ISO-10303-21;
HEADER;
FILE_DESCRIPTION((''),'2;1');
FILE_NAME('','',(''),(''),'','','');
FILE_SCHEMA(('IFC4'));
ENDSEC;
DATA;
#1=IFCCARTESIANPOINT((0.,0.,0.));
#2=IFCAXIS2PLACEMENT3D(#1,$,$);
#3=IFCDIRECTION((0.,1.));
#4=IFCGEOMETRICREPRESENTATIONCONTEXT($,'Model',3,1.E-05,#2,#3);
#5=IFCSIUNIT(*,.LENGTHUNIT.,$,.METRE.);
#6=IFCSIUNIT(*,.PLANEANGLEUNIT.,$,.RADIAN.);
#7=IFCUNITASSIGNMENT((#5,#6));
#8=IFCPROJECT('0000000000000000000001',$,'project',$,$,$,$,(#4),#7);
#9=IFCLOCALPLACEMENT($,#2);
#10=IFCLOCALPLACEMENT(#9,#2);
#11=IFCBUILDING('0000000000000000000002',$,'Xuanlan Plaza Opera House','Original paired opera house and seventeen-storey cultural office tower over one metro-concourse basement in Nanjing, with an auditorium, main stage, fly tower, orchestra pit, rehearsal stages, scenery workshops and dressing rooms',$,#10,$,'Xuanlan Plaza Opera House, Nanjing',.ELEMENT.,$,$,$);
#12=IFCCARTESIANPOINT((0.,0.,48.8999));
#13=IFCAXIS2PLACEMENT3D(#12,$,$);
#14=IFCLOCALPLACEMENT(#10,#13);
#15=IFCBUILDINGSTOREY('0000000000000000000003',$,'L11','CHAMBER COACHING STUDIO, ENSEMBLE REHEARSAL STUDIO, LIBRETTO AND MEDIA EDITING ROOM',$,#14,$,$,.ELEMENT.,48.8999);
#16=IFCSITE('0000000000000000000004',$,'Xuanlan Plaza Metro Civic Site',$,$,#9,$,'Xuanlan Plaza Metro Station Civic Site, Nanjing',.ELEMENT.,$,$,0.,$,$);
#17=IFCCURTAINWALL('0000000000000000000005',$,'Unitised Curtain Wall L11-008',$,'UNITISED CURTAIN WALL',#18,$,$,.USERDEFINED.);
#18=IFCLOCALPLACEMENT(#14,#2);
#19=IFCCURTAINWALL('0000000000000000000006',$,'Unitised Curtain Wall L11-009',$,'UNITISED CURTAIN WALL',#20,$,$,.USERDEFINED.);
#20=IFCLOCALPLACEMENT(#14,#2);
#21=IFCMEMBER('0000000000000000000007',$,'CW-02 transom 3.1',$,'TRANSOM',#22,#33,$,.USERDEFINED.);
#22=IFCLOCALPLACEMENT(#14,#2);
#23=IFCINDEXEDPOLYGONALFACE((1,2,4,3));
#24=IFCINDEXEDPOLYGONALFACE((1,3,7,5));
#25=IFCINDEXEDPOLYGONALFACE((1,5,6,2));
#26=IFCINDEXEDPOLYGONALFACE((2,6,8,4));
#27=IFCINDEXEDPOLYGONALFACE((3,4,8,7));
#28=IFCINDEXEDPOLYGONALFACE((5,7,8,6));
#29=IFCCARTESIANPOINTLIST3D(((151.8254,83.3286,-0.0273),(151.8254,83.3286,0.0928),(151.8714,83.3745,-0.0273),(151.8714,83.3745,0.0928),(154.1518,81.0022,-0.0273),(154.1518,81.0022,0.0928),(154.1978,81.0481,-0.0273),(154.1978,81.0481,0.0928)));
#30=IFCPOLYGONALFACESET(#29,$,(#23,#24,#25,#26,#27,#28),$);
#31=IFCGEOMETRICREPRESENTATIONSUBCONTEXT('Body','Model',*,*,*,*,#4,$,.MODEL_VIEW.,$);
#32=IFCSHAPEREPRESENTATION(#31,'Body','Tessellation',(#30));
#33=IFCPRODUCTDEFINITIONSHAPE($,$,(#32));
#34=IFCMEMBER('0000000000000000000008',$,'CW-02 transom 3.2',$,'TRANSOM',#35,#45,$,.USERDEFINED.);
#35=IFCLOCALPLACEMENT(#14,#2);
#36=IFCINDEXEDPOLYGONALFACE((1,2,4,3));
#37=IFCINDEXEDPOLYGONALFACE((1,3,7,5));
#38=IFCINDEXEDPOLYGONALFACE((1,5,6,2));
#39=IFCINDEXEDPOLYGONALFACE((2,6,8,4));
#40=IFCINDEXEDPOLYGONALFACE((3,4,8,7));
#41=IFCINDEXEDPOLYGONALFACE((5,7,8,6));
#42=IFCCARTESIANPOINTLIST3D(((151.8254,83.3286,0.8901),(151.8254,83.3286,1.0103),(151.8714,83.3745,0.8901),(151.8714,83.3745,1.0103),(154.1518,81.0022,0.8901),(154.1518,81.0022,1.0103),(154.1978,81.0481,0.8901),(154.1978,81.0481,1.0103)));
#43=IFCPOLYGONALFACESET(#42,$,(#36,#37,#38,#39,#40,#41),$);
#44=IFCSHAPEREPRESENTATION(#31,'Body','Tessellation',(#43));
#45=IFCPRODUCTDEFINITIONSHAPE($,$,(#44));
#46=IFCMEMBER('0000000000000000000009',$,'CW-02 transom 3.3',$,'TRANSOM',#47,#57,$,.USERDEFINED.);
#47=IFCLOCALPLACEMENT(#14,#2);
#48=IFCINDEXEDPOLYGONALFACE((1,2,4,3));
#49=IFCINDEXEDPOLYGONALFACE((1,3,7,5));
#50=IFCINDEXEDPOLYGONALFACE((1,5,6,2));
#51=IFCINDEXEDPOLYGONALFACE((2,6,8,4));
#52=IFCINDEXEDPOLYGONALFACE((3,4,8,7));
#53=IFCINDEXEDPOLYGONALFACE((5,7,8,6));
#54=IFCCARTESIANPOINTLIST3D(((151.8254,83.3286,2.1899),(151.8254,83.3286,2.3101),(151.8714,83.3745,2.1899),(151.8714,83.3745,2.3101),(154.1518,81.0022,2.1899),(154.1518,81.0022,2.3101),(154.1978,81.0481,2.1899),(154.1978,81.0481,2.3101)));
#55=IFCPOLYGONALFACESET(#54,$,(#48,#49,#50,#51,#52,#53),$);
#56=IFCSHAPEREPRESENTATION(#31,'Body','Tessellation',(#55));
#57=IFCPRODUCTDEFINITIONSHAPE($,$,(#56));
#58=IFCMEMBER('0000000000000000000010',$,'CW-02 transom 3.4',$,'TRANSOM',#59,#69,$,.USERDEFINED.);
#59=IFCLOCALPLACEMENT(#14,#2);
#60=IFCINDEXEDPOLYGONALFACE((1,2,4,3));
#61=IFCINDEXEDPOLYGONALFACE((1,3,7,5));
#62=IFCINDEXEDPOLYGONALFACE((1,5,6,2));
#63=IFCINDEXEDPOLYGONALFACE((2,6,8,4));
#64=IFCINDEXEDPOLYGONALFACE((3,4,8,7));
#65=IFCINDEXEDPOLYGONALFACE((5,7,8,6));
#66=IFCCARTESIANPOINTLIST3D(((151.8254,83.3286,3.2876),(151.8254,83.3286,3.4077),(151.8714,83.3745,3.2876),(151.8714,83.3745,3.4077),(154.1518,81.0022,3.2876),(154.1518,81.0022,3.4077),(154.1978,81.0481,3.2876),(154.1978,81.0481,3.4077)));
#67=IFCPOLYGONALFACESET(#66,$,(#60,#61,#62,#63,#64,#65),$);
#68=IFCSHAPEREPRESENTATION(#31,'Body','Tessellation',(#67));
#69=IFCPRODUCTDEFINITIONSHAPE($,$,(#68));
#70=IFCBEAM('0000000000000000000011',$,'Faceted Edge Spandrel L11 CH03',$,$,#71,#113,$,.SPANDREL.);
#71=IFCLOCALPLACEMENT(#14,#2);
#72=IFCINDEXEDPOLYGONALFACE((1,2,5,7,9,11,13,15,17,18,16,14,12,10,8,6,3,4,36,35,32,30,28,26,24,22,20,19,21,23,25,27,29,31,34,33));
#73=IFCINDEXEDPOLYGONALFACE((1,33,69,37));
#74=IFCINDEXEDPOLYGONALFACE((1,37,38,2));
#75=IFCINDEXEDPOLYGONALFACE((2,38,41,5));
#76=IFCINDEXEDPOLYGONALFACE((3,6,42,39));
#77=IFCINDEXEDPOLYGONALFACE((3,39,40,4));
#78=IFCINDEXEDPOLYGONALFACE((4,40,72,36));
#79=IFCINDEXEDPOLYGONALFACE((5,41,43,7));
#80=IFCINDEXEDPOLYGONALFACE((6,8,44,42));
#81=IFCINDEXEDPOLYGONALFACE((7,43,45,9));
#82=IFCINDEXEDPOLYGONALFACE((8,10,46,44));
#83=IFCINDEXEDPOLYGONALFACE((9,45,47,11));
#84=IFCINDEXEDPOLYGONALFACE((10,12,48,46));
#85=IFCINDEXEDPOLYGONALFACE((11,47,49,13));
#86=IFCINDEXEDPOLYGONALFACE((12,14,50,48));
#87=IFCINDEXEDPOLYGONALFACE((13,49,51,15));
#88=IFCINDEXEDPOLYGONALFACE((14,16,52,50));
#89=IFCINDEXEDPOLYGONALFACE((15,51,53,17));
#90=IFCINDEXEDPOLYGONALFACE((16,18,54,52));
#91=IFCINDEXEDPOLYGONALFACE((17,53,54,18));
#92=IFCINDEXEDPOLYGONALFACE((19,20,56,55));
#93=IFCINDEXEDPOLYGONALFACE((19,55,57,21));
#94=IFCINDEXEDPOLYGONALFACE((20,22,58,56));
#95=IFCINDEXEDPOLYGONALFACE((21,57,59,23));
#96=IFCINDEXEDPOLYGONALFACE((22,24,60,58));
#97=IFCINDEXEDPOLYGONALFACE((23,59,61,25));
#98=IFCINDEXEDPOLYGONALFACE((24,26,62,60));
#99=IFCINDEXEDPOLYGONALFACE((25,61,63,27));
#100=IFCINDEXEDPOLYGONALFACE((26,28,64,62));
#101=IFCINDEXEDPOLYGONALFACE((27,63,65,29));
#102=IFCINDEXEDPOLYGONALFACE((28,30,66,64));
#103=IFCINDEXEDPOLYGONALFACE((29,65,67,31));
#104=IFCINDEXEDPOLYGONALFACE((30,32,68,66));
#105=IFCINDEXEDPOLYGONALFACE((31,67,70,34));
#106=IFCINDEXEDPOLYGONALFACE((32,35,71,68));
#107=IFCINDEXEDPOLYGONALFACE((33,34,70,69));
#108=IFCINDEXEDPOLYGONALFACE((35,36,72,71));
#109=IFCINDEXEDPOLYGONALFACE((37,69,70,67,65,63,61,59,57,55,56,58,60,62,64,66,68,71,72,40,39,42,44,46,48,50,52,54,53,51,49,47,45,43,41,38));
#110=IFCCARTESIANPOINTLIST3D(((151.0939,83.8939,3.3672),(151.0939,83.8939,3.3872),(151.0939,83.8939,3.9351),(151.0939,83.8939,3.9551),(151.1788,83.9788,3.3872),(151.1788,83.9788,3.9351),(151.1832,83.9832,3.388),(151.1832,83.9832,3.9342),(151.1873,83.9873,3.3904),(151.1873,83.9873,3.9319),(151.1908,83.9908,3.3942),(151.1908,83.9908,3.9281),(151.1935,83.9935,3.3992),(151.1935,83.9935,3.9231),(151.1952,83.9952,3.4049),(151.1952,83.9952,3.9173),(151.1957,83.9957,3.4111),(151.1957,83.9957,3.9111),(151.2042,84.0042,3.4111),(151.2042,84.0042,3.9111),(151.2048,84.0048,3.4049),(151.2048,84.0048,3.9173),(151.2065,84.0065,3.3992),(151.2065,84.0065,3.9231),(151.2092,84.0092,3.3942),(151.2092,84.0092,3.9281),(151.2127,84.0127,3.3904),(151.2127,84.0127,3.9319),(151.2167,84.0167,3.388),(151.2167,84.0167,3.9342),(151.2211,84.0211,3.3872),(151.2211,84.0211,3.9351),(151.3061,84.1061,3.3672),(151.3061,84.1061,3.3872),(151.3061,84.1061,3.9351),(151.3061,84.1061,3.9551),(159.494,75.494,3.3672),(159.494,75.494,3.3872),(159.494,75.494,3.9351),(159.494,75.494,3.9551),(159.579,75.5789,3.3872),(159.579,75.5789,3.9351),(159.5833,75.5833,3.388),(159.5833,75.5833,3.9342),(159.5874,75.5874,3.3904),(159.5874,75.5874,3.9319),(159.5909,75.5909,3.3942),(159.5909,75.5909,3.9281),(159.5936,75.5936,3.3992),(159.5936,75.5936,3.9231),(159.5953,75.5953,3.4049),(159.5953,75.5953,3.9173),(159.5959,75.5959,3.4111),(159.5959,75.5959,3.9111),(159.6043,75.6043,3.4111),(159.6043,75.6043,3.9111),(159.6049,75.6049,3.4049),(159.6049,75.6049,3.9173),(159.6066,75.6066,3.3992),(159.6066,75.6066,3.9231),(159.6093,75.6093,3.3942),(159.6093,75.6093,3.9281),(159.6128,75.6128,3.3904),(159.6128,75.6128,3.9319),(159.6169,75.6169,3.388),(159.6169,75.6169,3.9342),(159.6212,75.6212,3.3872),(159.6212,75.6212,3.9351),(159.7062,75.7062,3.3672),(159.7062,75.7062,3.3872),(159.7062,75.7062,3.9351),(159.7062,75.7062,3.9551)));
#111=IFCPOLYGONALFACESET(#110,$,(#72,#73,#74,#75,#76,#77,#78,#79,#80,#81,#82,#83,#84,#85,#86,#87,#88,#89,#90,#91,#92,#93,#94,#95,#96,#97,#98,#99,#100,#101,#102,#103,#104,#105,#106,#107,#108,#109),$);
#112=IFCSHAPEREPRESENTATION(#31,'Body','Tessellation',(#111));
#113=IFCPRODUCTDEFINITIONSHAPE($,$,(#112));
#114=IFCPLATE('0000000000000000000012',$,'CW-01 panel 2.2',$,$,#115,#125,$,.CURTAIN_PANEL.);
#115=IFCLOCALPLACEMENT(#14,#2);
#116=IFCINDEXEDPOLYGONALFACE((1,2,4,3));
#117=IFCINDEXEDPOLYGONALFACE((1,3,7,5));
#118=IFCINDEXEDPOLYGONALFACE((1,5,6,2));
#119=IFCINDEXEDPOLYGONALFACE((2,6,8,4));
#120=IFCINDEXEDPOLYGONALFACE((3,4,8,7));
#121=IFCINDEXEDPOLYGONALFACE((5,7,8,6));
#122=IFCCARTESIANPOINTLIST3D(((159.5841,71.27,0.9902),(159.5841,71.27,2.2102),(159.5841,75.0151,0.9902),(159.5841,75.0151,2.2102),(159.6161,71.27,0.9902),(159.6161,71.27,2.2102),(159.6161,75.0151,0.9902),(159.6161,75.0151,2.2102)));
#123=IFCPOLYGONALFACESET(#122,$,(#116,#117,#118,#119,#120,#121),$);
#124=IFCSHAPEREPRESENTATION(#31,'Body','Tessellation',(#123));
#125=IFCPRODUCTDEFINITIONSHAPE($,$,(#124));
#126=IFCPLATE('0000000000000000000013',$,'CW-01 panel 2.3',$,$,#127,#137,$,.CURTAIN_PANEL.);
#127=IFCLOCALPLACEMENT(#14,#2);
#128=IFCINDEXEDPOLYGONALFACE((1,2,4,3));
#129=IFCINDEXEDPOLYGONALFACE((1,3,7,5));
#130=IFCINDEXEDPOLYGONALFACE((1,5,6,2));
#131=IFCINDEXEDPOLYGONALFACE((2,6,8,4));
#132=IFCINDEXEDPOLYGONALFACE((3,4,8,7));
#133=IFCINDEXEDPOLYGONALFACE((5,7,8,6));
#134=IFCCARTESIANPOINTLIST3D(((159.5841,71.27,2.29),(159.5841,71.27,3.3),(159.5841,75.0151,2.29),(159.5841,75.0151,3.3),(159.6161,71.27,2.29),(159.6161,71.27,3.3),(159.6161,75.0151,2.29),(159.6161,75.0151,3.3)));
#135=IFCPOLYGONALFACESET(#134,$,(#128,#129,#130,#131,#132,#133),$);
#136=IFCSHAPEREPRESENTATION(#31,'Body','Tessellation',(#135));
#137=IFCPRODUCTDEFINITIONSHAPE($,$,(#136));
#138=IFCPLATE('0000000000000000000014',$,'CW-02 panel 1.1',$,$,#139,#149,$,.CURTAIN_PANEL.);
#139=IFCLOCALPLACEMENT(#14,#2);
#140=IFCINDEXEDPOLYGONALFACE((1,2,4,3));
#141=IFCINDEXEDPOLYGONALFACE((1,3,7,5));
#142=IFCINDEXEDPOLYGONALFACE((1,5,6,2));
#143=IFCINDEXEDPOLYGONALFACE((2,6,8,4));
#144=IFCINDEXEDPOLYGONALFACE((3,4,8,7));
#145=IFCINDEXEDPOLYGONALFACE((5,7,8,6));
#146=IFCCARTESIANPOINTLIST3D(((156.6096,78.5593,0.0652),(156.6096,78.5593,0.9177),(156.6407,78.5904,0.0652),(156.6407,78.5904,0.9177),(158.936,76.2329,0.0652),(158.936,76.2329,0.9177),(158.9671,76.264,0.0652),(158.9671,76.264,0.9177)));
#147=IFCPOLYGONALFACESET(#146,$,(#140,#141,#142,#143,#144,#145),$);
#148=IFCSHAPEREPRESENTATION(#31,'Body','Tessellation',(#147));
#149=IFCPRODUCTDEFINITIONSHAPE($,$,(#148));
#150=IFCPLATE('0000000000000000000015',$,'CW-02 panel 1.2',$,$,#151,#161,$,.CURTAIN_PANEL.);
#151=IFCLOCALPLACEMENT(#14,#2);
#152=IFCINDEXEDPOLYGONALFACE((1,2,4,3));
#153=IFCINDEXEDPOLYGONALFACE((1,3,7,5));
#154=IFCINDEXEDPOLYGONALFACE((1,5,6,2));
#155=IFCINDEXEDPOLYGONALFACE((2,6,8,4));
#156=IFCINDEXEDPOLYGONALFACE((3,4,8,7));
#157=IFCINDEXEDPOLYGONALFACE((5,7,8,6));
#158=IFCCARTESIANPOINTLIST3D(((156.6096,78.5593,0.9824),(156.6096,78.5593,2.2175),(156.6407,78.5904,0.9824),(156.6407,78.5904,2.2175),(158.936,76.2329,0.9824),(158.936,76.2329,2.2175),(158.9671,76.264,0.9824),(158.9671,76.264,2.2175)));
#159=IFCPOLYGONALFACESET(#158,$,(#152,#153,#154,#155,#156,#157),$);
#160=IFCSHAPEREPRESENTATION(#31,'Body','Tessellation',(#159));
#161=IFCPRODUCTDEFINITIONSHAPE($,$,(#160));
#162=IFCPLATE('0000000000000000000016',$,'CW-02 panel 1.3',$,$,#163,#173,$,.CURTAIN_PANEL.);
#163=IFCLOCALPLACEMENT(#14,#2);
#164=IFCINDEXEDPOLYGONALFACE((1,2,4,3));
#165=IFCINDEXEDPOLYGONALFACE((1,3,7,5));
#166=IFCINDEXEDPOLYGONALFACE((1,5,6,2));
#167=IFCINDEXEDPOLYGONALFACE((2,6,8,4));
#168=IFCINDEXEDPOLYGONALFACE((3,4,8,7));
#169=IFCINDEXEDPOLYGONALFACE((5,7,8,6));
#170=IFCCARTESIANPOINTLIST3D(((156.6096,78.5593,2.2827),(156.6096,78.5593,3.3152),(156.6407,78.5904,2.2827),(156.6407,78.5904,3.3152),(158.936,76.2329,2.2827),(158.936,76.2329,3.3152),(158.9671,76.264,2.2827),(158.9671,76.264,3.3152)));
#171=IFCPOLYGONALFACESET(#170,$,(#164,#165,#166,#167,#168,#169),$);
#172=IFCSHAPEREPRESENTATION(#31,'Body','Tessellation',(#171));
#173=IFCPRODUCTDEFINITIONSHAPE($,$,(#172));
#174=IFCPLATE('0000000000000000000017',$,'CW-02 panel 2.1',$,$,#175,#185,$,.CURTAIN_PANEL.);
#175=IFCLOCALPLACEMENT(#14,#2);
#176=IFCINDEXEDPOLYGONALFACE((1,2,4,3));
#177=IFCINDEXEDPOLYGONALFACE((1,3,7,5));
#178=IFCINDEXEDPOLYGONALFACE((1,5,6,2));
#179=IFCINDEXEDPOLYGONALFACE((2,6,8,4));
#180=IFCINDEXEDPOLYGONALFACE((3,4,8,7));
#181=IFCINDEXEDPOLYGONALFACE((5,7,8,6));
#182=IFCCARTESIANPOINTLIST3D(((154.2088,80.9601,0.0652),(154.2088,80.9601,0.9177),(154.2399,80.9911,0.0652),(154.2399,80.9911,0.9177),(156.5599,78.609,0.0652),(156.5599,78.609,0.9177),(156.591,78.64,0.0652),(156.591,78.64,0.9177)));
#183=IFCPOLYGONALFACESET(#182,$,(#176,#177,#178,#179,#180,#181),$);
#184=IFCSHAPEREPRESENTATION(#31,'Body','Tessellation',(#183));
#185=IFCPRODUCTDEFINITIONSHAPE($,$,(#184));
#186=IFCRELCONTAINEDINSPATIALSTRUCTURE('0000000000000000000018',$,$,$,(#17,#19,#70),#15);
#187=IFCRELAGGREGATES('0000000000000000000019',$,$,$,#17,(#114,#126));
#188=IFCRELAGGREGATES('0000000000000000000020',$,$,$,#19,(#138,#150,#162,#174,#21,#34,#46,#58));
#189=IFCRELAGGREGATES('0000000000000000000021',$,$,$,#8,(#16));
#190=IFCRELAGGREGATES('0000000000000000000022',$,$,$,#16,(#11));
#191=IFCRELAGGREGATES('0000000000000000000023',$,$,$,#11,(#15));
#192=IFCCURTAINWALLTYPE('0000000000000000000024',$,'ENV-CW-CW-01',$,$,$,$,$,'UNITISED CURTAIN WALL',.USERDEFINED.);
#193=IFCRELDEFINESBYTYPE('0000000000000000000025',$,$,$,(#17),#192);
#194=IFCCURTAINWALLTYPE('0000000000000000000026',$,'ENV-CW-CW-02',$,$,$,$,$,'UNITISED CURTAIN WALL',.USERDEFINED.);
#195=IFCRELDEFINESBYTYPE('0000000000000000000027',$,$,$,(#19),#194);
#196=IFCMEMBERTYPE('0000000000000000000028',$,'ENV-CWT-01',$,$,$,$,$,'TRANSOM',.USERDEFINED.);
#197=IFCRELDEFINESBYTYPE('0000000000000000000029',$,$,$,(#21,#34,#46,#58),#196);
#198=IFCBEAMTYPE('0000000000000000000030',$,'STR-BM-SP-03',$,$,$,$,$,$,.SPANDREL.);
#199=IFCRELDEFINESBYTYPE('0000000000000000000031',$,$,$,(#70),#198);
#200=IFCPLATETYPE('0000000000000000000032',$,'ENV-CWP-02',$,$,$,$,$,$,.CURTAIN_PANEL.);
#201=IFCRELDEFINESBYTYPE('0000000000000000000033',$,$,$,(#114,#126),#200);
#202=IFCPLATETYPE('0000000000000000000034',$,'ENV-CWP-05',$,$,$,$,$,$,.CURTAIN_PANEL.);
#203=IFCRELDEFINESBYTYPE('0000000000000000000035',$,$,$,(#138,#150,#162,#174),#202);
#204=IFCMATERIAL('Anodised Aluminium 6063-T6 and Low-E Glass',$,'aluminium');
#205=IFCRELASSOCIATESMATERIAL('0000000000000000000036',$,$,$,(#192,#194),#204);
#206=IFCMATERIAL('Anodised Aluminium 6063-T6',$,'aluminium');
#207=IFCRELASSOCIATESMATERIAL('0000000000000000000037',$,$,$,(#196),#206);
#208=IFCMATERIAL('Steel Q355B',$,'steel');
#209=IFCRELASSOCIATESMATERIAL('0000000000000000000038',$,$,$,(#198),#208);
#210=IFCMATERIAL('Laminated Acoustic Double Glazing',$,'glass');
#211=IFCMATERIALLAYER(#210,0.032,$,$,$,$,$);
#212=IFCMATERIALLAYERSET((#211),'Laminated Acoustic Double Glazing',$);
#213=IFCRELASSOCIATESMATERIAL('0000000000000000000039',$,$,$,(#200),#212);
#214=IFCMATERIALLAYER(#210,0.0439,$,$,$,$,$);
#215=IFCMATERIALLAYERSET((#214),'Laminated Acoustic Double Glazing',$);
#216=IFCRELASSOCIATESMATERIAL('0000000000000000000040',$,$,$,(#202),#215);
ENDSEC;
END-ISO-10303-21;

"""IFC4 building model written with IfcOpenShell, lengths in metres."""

from ifc_helpers import new_model, si_unit, direction, frame, origin, origin_2d, place, context, subcontext, project, spatial, rectangle, i_section, extrude, material, layer, layer_set, material_profile, profile_set, type_object, element, aggregate, save


model = new_model("IFC4")

# Units and contexts
model_context = context("Model", 3, precision=1e-05, world=origin(), true_north=direction((0.0, 1.0)))
body_context = subcontext(model_context, "Body", "Model", "MODEL_VIEW")
ifc_project = project(units=[si_unit("LENGTHUNIT", "METRE"), si_unit("PLANEANGLEUNIT", "RADIAN")], contexts=[model_context])

# Site, building, storey
site_placement = place(None, origin())
site = spatial("IfcSite", under=ifc_project, at=site_placement, Name="Xuanlan Plaza Metro Civic Site", LongName="Xuanlan Plaza Metro Station Civic Site, Nanjing", CompositionType="ELEMENT", RefElevation=0.0)
building_placement = place(site_placement, origin())
building = spatial("IfcBuilding", under=site, at=building_placement, Name="Xuanlan Plaza Opera House", Description="Original paired opera house and seventeen-storey cultural office tower over one metro-concourse basement in Nanjing, with an auditorium, main stage, fly tower, orchestra pit, rehearsal stages, scenery workshops and dressing rooms", LongName="Xuanlan Plaza Opera House, Nanjing", CompositionType="ELEMENT")
storey_placement = place(building_placement, frame((0.0, 0.0, 48.8999)))
storey = spatial("IfcBuildingStorey", under=building, at=storey_placement, Name="L11", Description="CHAMBER COACHING STUDIO, ENSEMBLE REHEARSAL STUDIO, LIBRETTO AND MEDIA EDITING ROOM", CompositionType="ELEMENT", Elevation=48.8999)

# Curtain wall
ifc_material_1 = material(Name="Anodised Aluminium 6063-T6 and Low-E Glass", Category="aluminium")
curtain_wall_type_1 = type_object("IfcCurtainWallType", Name="ENV-CW-CW-01", ElementType="UNITISED CURTAIN WALL", PredefinedType="USERDEFINED", material=ifc_material_1)
curtain_wall_1_placement = place(storey_placement, origin())
curtain_wall_1 = element("IfcCurtainWall", 1, at=curtain_wall_1_placement, inside=storey, type_object=curtain_wall_type_1, Name="Unitised Curtain Wall L11-008", ObjectType="UNITISED CURTAIN WALL", PredefinedType="USERDEFINED")
ifc_material_2 = material(Name="Anodised Aluminium 6063-T6", Category="aluminium")

# Curtain wall, members
curtain_wall_type_2 = type_object("IfcCurtainWallType", Name="ENV-CW-CW-02", ElementType="UNITISED CURTAIN WALL", PredefinedType="USERDEFINED", material=ifc_material_1)
curtain_wall_2_placement = place(storey_placement, origin())
curtain_wall_2 = element("IfcCurtainWall", 2, at=curtain_wall_2_placement, inside=storey, type_object=curtain_wall_type_2, Name="Unitised Curtain Wall L11-009", ObjectType="UNITISED CURTAIN WALL", PredefinedType="USERDEFINED")
ifc_material_profile_1 = material_profile(ifc_material_2, rectangle(XDim=0.0649, YDim=0.1201, at=origin_2d()), Name="ALU-T 65x120")
ifc_profile_set_1 = profile_set([ifc_material_profile_1], Name="Anodised Aluminium 6063-T6")
member_type_1 = type_object("IfcMemberType", Name="ENV-CWT-01", ElementType="TRANSOM", PredefinedType="USERDEFINED", material=ifc_profile_set_1)
member_1_placement = place(storey_placement, frame((154.1748, 81.0251, 0.0327), z_axis=(-0.707107, 0.707107, 0.0), x_axis=(-0.707107, -0.707107, 0.0)))
member_1 = element("IfcMember", 3, at=member_1_placement, type_object=member_type_1, Name="CW-02 transom 3.1", ObjectType="TRANSOM", PredefinedType="USERDEFINED", context=body_context, shape_type="SweptSolid", body=[
    extrude(rectangle(XDim=0.0649, YDim=0.1201, at=origin_2d()), origin(), (0.0, 0.0, 1.0), 3.29),
])
member_2_placement = place(storey_placement, frame((154.1748, 81.0251, 0.9502), z_axis=(-0.707107, 0.707107, 0.0), x_axis=(-0.707107, -0.707107, 0.0)))
member_2 = element("IfcMember", 4, at=member_2_placement, type_object=member_type_1, Name="CW-02 transom 3.2", ObjectType="TRANSOM", PredefinedType="USERDEFINED", context=body_context, shape_type="SweptSolid", body=[
    extrude(rectangle(XDim=0.0649, YDim=0.1201, at=origin_2d()), origin(), (0.0, 0.0, 1.0), 3.29),
])
member_3_placement = place(storey_placement, frame((154.1748, 81.0251, 2.25), z_axis=(-0.707107, 0.707107, 0.0), x_axis=(-0.707107, -0.707107, 0.0)))
member_3 = element("IfcMember", 5, at=member_3_placement, type_object=member_type_1, Name="CW-02 transom 3.3", ObjectType="TRANSOM", PredefinedType="USERDEFINED", context=body_context, shape_type="SweptSolid", body=[
    extrude(rectangle(XDim=0.0649, YDim=0.1201, at=origin_2d()), origin(), (0.0, 0.0, 1.0), 3.29),
])
member_4_placement = place(storey_placement, frame((154.1748, 81.0251, 3.3477), z_axis=(-0.707107, 0.707107, 0.0), x_axis=(-0.707107, -0.707107, 0.0)))
member_4 = element("IfcMember", 6, at=member_4_placement, type_object=member_type_1, Name="CW-02 transom 3.4", ObjectType="TRANSOM", PredefinedType="USERDEFINED", context=body_context, shape_type="SweptSolid", body=[
    extrude(rectangle(XDim=0.0649, YDim=0.1201, at=origin_2d()), origin(), (0.0, 0.0, 1.0), 3.29),
])

# Beam
ifc_material_3 = material(Name="Steel Q355B", Category="steel")
ifc_material_profile_2 = material_profile(ifc_material_3, i_section(OverallWidth=0.3, OverallDepth=0.5879, WebThickness=0.012, FlangeThickness=0.02, FilletRadius=0.0239, at=origin_2d()), Name="HM 588x300x12x20")
ifc_profile_set_2 = profile_set([ifc_material_profile_2], Name="Steel Q355B")
beam_type = type_object("IfcBeamType", Name="STR-BM-SP-03", PredefinedType="SPANDREL", material=ifc_profile_set_2)
beam_placement = place(storey_placement, frame((159.6001, 75.6001, 3.6611), z_axis=(-0.707117, 0.707097, 0.0), x_axis=(-0.707097, -0.707117, 0.0)))
element("IfcBeam", 7, at=beam_placement, inside=storey, type_object=beam_type, Name="Faceted Edge Spandrel L11 CH03", PredefinedType="SPANDREL", context=body_context, shape_type="SweptSolid", body=[
    extrude(i_section(OverallWidth=0.3, OverallDepth=0.5879, WebThickness=0.012, FlangeThickness=0.02, FilletRadius=0.0239, at=origin_2d()), origin(), (0.0, 0.0, 1.0), 11.8794),
])

# Plates
ifc_material_4 = material(Name="Laminated Acoustic Double Glazing", Category="glass")
ifc_layer_1 = layer(ifc_material_4, 0.032)
ifc_layer_set_1 = layer_set([ifc_layer_1], Name="Laminated Acoustic Double Glazing")
plate_type_1 = type_object("IfcPlateType", Name="ENV-CWP-02", PredefinedType="CURTAIN_PANEL", material=ifc_layer_set_1)
plate_1_placement = place(storey_placement, frame((159.6001, 73.1426, 0.9902), z_axis=(0.0, 0.0, 1.0), x_axis=(0.0, 1.0, 0.0)))
plate_1 = element("IfcPlate", 8, at=plate_1_placement, type_object=plate_type_1, Name="CW-01 panel 2.2", PredefinedType="CURTAIN_PANEL", context=body_context, shape_type="SweptSolid", body=[
    extrude(rectangle(XDim=3.7451, YDim=0.032, at=origin_2d()), origin(), (0.0, 0.0, 1.0), 1.22),
])
plate_2_placement = place(storey_placement, frame((159.6001, 73.1426, 2.29), z_axis=(0.0, 0.0, 1.0), x_axis=(0.0, 1.0, 0.0)))
plate_2 = element("IfcPlate", 9, at=plate_2_placement, type_object=plate_type_1, Name="CW-01 panel 2.3", PredefinedType="CURTAIN_PANEL", context=body_context, shape_type="SweptSolid", body=[
    extrude(rectangle(XDim=3.7451, YDim=0.032, at=origin_2d()), origin(), (0.0, 0.0, 1.0), 1.01),
])
aggregate(curtain_wall_1, [plate_1, plate_2])
ifc_layer_2 = layer(ifc_material_4, 0.0439)
ifc_layer_set_2 = layer_set([ifc_layer_2], Name="Laminated Acoustic Double Glazing")
plate_type_2 = type_object("IfcPlateType", Name="ENV-CWP-05", PredefinedType="CURTAIN_PANEL", material=ifc_layer_set_2)
plate_3_placement = place(storey_placement, frame((157.7883, 77.4116, 0.0652), z_axis=(0.0, 0.0, 1.0), x_axis=(-0.707107, 0.707107, 0.0)))
plate_3 = element("IfcPlate", 10, at=plate_3_placement, type_object=plate_type_2, Name="CW-02 panel 1.1", PredefinedType="CURTAIN_PANEL", context=body_context, shape_type="SweptSolid", body=[
    extrude(rectangle(XDim=3.29, YDim=0.0439, at=origin_2d()), origin(), (0.0, 0.0, 1.0), 0.8525),
])
plate_4_placement = place(storey_placement, frame((157.7883, 77.4116, 0.9824), z_axis=(0.0, 0.0, 1.0), x_axis=(-0.707107, 0.707107, 0.0)))
plate_4 = element("IfcPlate", 11, at=plate_4_placement, type_object=plate_type_2, Name="CW-02 panel 1.2", PredefinedType="CURTAIN_PANEL", context=body_context, shape_type="SweptSolid", body=[
    extrude(rectangle(XDim=3.29, YDim=0.0439, at=origin_2d()), origin(), (0.0, 0.0, 1.0), 1.2351),
])
plate_5_placement = place(storey_placement, frame((157.7883, 77.4116, 2.2827), z_axis=(0.0, 0.0, 1.0), x_axis=(-0.707107, 0.707107, 0.0)))
plate_5 = element("IfcPlate", 12, at=plate_5_placement, type_object=plate_type_2, Name="CW-02 panel 1.3", PredefinedType="CURTAIN_PANEL", context=body_context, shape_type="SweptSolid", body=[
    extrude(rectangle(XDim=3.29, YDim=0.0439, at=origin_2d()), origin(), (0.0, 0.0, 1.0), 1.0325),
])
plate_6_placement = place(storey_placement, frame((155.3999, 79.8, 0.0652), z_axis=(0.0, 0.0, 1.0), x_axis=(-0.707107, 0.707107, 0.0)))
plate_6 = element("IfcPlate", 13, at=plate_6_placement, type_object=plate_type_2, Name="CW-02 panel 2.1", PredefinedType="CURTAIN_PANEL", context=body_context, shape_type="SweptSolid", body=[
    extrude(rectangle(XDim=3.325, YDim=0.0439, at=origin_2d()), origin(), (0.0, 0.0, 1.0), 0.8525),
])
aggregate(curtain_wall_2, [plate_3, plate_4, plate_5, plate_6, member_1, member_2, member_3, member_4])

save(model, "model.ifc")
